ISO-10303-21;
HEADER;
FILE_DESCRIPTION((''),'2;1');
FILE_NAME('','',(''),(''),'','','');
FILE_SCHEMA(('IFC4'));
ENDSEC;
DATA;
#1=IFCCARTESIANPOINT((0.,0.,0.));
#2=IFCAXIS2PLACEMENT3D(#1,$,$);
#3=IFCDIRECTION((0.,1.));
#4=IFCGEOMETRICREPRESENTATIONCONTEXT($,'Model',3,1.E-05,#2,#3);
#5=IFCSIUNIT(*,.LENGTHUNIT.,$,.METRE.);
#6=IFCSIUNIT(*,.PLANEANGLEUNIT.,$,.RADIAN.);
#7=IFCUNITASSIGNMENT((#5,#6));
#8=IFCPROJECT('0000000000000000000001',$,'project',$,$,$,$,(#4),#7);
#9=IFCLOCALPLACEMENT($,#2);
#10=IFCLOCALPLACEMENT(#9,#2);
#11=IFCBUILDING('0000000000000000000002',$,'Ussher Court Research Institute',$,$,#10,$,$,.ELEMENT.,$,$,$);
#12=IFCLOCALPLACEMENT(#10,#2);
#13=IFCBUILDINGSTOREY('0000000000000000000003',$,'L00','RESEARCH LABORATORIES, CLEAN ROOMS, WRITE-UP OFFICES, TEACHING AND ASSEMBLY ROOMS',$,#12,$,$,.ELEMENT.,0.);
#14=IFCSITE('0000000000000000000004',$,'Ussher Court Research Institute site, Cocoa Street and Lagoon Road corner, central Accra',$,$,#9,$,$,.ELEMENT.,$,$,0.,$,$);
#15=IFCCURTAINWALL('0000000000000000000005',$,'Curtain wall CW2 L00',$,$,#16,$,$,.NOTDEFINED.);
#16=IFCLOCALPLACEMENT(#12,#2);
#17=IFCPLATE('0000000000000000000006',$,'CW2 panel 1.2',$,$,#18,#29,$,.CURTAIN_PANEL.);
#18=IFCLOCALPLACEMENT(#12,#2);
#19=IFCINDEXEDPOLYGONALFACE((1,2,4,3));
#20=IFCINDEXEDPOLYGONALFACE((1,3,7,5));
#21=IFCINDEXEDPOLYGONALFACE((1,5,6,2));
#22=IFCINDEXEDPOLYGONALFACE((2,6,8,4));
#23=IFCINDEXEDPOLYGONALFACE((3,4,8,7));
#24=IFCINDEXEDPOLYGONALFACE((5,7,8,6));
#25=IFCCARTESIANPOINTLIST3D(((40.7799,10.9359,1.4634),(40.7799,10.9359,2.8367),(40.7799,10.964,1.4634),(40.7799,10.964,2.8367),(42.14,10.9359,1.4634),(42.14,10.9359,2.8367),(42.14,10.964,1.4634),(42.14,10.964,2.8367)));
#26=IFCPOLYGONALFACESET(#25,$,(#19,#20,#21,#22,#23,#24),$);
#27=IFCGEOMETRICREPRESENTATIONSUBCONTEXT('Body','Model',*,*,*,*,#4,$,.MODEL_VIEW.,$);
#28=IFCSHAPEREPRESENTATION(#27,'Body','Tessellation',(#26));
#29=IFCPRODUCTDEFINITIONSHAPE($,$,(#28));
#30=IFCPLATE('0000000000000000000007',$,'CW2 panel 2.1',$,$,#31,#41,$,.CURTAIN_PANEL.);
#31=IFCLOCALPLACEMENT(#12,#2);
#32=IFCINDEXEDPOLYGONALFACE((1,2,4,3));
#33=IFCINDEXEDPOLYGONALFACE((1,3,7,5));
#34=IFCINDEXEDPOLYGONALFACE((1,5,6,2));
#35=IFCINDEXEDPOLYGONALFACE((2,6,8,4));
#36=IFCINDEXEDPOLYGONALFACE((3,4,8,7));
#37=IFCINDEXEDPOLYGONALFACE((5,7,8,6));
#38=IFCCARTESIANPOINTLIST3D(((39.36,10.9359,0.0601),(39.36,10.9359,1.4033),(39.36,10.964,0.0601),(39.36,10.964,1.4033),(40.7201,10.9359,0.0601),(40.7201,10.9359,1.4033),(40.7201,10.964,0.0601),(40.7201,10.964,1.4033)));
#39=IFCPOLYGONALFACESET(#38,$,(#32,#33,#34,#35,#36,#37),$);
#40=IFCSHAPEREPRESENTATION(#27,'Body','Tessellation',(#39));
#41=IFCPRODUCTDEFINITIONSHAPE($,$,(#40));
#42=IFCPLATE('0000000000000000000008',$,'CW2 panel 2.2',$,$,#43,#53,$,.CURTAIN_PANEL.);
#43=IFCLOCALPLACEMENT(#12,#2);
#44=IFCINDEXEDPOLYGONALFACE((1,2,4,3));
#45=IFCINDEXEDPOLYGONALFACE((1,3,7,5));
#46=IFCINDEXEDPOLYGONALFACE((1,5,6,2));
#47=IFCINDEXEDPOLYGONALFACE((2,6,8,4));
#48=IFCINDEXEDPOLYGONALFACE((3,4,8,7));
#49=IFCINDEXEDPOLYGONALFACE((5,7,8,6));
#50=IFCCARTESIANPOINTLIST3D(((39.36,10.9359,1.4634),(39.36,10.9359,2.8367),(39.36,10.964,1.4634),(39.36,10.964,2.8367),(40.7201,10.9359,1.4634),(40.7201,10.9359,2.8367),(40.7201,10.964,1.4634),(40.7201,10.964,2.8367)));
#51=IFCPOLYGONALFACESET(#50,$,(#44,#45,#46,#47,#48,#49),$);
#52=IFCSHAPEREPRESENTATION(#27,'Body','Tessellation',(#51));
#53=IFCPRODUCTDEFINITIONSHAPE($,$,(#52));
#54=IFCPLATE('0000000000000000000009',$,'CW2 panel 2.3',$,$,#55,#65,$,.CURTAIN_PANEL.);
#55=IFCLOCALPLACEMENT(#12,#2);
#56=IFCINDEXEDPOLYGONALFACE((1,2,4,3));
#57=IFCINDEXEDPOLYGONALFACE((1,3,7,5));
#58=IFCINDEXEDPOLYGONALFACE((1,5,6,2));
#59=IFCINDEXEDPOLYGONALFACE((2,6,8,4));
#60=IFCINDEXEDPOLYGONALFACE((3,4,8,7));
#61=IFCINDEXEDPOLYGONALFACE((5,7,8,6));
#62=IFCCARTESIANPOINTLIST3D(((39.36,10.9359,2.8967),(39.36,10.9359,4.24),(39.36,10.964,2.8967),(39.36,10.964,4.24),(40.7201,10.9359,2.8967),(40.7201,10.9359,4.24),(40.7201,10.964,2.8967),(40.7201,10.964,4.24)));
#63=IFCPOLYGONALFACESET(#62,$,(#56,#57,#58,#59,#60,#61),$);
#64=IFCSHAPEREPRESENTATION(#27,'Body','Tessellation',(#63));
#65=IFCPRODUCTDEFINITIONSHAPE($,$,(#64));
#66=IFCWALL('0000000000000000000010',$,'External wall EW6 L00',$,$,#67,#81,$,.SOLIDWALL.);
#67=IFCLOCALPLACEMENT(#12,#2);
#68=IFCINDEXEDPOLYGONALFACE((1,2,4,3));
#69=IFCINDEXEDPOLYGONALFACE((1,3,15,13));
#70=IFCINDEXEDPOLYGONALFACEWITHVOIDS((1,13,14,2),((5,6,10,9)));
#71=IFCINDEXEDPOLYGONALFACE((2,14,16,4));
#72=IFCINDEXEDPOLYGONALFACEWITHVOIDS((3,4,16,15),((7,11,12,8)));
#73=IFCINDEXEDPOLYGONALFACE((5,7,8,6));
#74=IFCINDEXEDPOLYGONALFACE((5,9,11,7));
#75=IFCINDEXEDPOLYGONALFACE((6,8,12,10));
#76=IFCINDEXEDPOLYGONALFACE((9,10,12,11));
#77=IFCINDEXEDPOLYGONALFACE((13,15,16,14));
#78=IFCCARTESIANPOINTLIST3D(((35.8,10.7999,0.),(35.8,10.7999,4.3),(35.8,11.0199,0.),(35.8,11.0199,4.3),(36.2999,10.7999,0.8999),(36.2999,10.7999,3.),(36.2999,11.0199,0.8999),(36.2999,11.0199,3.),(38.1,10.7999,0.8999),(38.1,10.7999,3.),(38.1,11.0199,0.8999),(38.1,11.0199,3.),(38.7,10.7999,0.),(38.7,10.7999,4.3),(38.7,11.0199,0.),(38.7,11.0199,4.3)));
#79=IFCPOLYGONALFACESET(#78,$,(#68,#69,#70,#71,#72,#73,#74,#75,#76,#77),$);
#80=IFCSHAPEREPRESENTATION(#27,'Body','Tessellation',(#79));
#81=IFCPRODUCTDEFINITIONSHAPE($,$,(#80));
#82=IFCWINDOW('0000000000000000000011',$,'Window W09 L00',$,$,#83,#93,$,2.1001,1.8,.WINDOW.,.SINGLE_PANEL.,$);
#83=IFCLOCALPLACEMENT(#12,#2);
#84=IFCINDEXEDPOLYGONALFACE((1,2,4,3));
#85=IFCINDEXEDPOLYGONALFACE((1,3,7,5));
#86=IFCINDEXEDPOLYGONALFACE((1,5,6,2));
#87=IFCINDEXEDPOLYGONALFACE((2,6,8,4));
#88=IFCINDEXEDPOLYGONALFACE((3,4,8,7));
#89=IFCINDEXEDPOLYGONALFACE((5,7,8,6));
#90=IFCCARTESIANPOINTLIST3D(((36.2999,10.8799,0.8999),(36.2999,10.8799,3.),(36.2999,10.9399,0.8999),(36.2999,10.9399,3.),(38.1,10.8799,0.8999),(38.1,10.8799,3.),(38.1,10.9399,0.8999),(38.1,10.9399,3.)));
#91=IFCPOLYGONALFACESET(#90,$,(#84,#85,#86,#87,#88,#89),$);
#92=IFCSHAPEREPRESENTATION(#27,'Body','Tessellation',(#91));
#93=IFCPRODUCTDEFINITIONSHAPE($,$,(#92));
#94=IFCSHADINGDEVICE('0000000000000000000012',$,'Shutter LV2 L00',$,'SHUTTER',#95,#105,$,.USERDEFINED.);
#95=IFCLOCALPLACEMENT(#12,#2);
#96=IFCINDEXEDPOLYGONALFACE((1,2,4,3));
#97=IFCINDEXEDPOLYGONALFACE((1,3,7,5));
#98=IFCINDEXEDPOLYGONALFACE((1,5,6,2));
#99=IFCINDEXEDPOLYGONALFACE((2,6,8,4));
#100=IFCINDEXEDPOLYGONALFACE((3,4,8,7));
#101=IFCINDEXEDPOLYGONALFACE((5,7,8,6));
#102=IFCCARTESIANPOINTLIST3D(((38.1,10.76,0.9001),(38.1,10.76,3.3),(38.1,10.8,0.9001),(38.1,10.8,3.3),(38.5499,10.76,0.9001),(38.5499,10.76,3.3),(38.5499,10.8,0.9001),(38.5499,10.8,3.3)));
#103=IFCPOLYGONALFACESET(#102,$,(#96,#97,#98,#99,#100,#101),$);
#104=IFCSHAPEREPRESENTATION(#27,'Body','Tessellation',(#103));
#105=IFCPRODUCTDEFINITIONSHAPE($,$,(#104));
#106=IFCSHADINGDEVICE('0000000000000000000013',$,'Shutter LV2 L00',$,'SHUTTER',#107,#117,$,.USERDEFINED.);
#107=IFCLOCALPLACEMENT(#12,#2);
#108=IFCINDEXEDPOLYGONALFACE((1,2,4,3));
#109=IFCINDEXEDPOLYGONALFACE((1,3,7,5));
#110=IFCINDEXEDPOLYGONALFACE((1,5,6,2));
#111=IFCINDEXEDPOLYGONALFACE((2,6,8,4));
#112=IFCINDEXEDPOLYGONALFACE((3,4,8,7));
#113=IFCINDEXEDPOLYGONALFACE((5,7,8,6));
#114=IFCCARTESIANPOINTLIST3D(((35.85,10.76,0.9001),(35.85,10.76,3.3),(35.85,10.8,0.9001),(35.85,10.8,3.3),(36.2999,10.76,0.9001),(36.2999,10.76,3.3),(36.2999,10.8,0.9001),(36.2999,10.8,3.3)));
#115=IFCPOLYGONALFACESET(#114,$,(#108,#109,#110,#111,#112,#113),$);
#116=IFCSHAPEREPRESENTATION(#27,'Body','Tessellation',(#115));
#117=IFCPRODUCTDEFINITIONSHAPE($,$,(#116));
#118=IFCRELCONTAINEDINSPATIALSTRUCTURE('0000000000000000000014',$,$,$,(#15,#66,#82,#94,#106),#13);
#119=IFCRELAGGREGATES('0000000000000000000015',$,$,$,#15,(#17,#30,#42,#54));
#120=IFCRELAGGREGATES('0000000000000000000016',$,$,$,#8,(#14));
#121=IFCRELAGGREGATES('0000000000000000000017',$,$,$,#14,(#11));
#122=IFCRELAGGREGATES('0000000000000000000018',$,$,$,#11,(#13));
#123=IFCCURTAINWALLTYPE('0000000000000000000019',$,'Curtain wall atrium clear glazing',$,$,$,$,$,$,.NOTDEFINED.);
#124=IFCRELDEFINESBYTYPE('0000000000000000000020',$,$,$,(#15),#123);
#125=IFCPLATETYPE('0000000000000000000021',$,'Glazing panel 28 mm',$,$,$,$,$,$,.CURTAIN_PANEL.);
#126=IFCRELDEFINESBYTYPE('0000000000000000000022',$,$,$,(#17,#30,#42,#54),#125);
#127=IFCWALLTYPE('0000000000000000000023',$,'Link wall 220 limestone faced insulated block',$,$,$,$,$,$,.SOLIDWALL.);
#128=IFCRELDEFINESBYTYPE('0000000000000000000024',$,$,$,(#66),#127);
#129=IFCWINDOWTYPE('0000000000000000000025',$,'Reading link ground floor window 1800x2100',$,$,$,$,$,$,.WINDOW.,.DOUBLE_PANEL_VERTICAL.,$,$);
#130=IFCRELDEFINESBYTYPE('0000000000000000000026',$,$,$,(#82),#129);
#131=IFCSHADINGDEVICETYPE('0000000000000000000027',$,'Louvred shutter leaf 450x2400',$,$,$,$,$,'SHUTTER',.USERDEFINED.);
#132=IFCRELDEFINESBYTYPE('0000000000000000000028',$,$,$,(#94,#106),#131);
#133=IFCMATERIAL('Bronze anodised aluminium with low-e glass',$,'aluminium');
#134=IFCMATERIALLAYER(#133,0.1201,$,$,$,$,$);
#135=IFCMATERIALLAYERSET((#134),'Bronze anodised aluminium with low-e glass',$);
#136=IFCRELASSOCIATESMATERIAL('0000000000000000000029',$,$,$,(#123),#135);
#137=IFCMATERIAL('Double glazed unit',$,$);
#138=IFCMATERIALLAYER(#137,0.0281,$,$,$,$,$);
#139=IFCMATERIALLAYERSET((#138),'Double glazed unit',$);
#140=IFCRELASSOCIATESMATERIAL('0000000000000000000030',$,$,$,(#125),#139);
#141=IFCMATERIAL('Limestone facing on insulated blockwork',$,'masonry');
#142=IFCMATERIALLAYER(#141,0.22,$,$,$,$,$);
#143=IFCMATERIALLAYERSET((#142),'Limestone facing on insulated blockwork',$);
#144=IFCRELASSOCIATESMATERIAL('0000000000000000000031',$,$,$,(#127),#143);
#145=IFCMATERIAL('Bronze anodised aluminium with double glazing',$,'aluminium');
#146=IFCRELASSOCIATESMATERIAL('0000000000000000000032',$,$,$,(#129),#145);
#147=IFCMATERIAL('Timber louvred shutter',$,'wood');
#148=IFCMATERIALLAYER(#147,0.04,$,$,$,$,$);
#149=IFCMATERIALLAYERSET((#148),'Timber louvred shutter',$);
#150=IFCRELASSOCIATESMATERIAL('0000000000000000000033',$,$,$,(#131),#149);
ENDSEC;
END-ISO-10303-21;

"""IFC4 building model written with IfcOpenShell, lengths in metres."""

from ifc_helpers import new_model, si_unit, direction, frame, frame_2d, origin, origin_2d, place, context, subcontext, project, spatial, rectangle, extrude, material, layer, layer_set, type_object, element, fill, aggregate, save


model = new_model("IFC4")

# Units and contexts
model_context = context("Model", 3, precision=1e-05, world=origin(), true_north=direction((0.0, 1.0)))
body_context = subcontext(model_context, "Body", "Model", "MODEL_VIEW")
ifc_project = project(units=[si_unit("LENGTHUNIT", "METRE"), si_unit("PLANEANGLEUNIT", "RADIAN")], contexts=[model_context])

# Site, building, storey
site_placement = place(None, origin())
site = spatial("IfcSite", under=ifc_project, at=site_placement, Name="Ussher Court Research Institute site, Cocoa Street and Lagoon Road corner, central Accra", CompositionType="ELEMENT", RefElevation=0.0)
building_placement = place(site_placement, origin())
building = spatial("IfcBuilding", under=site, at=building_placement, Name="Ussher Court Research Institute", CompositionType="ELEMENT")
storey_placement = place(building_placement, origin())
storey = spatial("IfcBuildingStorey", under=building, at=storey_placement, Name="L00", Description="RESEARCH LABORATORIES, CLEAN ROOMS, WRITE-UP OFFICES, TEACHING AND ASSEMBLY ROOMS", CompositionType="ELEMENT", Elevation=0.0)

# Curtain wall, plates
ifc_material_1 = material(Name="Bronze anodised aluminium with low-e glass", Category="aluminium")
ifc_layer_1 = layer(ifc_material_1, 0.1201)
ifc_layer_set_1 = layer_set([ifc_layer_1], Name="Bronze anodised aluminium with low-e glass")
curtain_wall_type = type_object("IfcCurtainWallType", Name="Curtain wall atrium clear glazing", PredefinedType="NOTDEFINED", material=ifc_layer_set_1)
curtain_wall_placement = place(storey_placement, origin())
curtain_wall = element("IfcCurtainWall", 1, at=curtain_wall_placement, inside=storey, type_object=curtain_wall_type, Name="Curtain wall CW2 L00", PredefinedType="NOTDEFINED")
ifc_material_2 = material(Name="Double glazed unit")
ifc_layer_2 = layer(ifc_material_2, 0.0281)
ifc_layer_set_2 = layer_set([ifc_layer_2], Name="Double glazed unit")
plate_type = type_object("IfcPlateType", Name="Glazing panel 28 mm", PredefinedType="CURTAIN_PANEL", material=ifc_layer_set_2)
plate_1_placement = place(storey_placement, frame((41.46, 10.95, 1.4634), z_axis=(0.0, 0.0, 1.0), x_axis=(-1.0, 0.0, 0.0)))
plate_1 = element("IfcPlate", 2, at=plate_1_placement, type_object=plate_type, Name="CW2 panel 1.2", PredefinedType="CURTAIN_PANEL", context=body_context, shape_type="SweptSolid", body=[
    extrude(rectangle(XDim=1.3601, YDim=0.0281, at=origin_2d()), origin(), (0.0, 0.0, 1.0), 1.3733),
])
plate_2_placement = place(storey_placement, frame((40.04, 10.95, 0.0601), z_axis=(0.0, 0.0, 1.0), x_axis=(-1.0, 0.0, 0.0)))
plate_2 = element("IfcPlate", 3, at=plate_2_placement, type_object=plate_type, Name="CW2 panel 2.1", PredefinedType="CURTAIN_PANEL", context=body_context, shape_type="SweptSolid", body=[
    extrude(rectangle(XDim=1.3601, YDim=0.0281, at=origin_2d()), origin(), (0.0, 0.0, 1.0), 1.3433),
])
plate_3_placement = place(storey_placement, frame((40.04, 10.95, 1.4634), z_axis=(0.0, 0.0, 1.0), x_axis=(-1.0, 0.0, 0.0)))
plate_3 = element("IfcPlate", 4, at=plate_3_placement, type_object=plate_type, Name="CW2 panel 2.2", PredefinedType="CURTAIN_PANEL", context=body_context, shape_type="SweptSolid", body=[
    extrude(rectangle(XDim=1.3601, YDim=0.0281, at=origin_2d()), origin(), (0.0, 0.0, 1.0), 1.3733),
])
plate_4_placement = place(storey_placement, frame((40.04, 10.95, 2.8967), z_axis=(0.0, 0.0, 1.0), x_axis=(-1.0, 0.0, 0.0)))
plate_4 = element("IfcPlate", 5, at=plate_4_placement, type_object=plate_type, Name="CW2 panel 2.3", PredefinedType="CURTAIN_PANEL", context=body_context, shape_type="SweptSolid", body=[
    extrude(rectangle(XDim=1.3601, YDim=0.0281, at=origin_2d()), origin(), (0.0, 0.0, 1.0), 1.3433),
])
aggregate(curtain_wall, [plate_1, plate_2, plate_3, plate_4])

# Wall, opening, window
ifc_material_3 = material(Name="Limestone facing on insulated blockwork", Category="masonry")
ifc_layer_3 = layer(ifc_material_3, 0.22)
ifc_layer_set_3 = layer_set([ifc_layer_3], Name="Limestone facing on insulated blockwork")
wall_type = type_object("IfcWallType", Name="Link wall 220 limestone faced insulated block", PredefinedType="SOLIDWALL", material=ifc_layer_set_3)
wall_1_placement = place(storey_placement, frame((38.7, 10.9099, 0.0), z_axis=(0.0, 0.0, 1.0), x_axis=(-1.0, 0.0, 0.0)))
wall_1 = element("IfcWall", 6, at=wall_1_placement, inside=storey, type_object=wall_type, Name="External wall EW6 L00", PredefinedType="SOLIDWALL", context=body_context, shape_type="SweptSolid", body=[
    extrude(rectangle(XDim=2.8999, YDim=0.22, at=frame_2d((1.45, 0.0))), origin(), (0.0, 0.0, 1.0), 4.3),
])
opening_1_placement = place(wall_1_placement, frame((0.6001, 0.0, 0.8999)))
opening_1 = element("IfcOpeningElement", 7, at=opening_1_placement, cuts=wall_1, PredefinedType="OPENING", context=body_context, shape_type="SweptSolid", body=[
    extrude(rectangle(XDim=1.8, YDim=2.1001, at=frame_2d((0.8999, 1.05))), frame((0.0, 0.1201, 0.0), z_axis=(0.0, -1.0, 0.0), x_axis=(1.0, 0.0, 0.0)), (0.0, 0.0, 1.0), 0.24),
])
ifc_material_4 = material(Name="Bronze anodised aluminium with double glazing", Category="aluminium")
window_type_1 = type_object("IfcWindowType", Name="Reading link ground floor window 1800x2100", PartitioningType="DOUBLE_PANEL_VERTICAL", PredefinedType="WINDOW", material=ifc_material_4)
window_1_placement = place(opening_1_placement, origin())
window_1 = element("IfcWindow", 8, at=window_1_placement, inside=storey, type_object=window_type_1, Name="Window W09 L00", OverallHeight=2.1001, OverallWidth=1.8, PartitioningType="SINGLE_PANEL", PredefinedType="WINDOW", context=body_context, shape_type="SweptSolid", body=[
    extrude(rectangle(XDim=1.8, YDim=2.1001, at=frame_2d((0.8999, 1.05))), frame((0.0, 0.03, 0.0), z_axis=(0.0, -1.0, 0.0), x_axis=(1.0, 0.0, 0.0)), (0.0, 0.0, 1.0), 0.0601),
])
fill(opening_1, window_1)

# Shading devices
ifc_material_5 = material(Name="Timber louvred shutter", Category="wood")
ifc_layer_4 = layer(ifc_material_5, 0.04)
ifc_layer_set_4 = layer_set([ifc_layer_4], Name="Timber louvred shutter")
shading_device_type = type_object("IfcShadingDeviceType", Name="Louvred shutter leaf 450x2400", ElementType="SHUTTER", PredefinedType="USERDEFINED", material=ifc_layer_set_4)
for number, where, z_axis, x_axis, name in (
    (9, (38.325, 10.78, 0.9001), (0.0, 0.0, 1.0), (-1.0, 0.0, 0.0), "Shutter LV2 L00"),
    (10, (36.075, 10.78, 0.9001), (0.0, 0.0, 1.0), (-1.0, 0.0, 0.0), "Shutter LV2 L00"),
):
    element("IfcShadingDevice", number, at=place(storey_placement, frame(where, z_axis=z_axis, x_axis=x_axis)), inside=storey, type_object=shading_device_type, Name=name, ObjectType="SHUTTER", PredefinedType="USERDEFINED", context=body_context, shape_type="SweptSolid", body=[
        extrude(rectangle(XDim=0.45, YDim=0.04, at=origin_2d()), origin(), (0.0, 0.0, 1.0), 2.3999),
    ])

save(model, "model.ifc")
